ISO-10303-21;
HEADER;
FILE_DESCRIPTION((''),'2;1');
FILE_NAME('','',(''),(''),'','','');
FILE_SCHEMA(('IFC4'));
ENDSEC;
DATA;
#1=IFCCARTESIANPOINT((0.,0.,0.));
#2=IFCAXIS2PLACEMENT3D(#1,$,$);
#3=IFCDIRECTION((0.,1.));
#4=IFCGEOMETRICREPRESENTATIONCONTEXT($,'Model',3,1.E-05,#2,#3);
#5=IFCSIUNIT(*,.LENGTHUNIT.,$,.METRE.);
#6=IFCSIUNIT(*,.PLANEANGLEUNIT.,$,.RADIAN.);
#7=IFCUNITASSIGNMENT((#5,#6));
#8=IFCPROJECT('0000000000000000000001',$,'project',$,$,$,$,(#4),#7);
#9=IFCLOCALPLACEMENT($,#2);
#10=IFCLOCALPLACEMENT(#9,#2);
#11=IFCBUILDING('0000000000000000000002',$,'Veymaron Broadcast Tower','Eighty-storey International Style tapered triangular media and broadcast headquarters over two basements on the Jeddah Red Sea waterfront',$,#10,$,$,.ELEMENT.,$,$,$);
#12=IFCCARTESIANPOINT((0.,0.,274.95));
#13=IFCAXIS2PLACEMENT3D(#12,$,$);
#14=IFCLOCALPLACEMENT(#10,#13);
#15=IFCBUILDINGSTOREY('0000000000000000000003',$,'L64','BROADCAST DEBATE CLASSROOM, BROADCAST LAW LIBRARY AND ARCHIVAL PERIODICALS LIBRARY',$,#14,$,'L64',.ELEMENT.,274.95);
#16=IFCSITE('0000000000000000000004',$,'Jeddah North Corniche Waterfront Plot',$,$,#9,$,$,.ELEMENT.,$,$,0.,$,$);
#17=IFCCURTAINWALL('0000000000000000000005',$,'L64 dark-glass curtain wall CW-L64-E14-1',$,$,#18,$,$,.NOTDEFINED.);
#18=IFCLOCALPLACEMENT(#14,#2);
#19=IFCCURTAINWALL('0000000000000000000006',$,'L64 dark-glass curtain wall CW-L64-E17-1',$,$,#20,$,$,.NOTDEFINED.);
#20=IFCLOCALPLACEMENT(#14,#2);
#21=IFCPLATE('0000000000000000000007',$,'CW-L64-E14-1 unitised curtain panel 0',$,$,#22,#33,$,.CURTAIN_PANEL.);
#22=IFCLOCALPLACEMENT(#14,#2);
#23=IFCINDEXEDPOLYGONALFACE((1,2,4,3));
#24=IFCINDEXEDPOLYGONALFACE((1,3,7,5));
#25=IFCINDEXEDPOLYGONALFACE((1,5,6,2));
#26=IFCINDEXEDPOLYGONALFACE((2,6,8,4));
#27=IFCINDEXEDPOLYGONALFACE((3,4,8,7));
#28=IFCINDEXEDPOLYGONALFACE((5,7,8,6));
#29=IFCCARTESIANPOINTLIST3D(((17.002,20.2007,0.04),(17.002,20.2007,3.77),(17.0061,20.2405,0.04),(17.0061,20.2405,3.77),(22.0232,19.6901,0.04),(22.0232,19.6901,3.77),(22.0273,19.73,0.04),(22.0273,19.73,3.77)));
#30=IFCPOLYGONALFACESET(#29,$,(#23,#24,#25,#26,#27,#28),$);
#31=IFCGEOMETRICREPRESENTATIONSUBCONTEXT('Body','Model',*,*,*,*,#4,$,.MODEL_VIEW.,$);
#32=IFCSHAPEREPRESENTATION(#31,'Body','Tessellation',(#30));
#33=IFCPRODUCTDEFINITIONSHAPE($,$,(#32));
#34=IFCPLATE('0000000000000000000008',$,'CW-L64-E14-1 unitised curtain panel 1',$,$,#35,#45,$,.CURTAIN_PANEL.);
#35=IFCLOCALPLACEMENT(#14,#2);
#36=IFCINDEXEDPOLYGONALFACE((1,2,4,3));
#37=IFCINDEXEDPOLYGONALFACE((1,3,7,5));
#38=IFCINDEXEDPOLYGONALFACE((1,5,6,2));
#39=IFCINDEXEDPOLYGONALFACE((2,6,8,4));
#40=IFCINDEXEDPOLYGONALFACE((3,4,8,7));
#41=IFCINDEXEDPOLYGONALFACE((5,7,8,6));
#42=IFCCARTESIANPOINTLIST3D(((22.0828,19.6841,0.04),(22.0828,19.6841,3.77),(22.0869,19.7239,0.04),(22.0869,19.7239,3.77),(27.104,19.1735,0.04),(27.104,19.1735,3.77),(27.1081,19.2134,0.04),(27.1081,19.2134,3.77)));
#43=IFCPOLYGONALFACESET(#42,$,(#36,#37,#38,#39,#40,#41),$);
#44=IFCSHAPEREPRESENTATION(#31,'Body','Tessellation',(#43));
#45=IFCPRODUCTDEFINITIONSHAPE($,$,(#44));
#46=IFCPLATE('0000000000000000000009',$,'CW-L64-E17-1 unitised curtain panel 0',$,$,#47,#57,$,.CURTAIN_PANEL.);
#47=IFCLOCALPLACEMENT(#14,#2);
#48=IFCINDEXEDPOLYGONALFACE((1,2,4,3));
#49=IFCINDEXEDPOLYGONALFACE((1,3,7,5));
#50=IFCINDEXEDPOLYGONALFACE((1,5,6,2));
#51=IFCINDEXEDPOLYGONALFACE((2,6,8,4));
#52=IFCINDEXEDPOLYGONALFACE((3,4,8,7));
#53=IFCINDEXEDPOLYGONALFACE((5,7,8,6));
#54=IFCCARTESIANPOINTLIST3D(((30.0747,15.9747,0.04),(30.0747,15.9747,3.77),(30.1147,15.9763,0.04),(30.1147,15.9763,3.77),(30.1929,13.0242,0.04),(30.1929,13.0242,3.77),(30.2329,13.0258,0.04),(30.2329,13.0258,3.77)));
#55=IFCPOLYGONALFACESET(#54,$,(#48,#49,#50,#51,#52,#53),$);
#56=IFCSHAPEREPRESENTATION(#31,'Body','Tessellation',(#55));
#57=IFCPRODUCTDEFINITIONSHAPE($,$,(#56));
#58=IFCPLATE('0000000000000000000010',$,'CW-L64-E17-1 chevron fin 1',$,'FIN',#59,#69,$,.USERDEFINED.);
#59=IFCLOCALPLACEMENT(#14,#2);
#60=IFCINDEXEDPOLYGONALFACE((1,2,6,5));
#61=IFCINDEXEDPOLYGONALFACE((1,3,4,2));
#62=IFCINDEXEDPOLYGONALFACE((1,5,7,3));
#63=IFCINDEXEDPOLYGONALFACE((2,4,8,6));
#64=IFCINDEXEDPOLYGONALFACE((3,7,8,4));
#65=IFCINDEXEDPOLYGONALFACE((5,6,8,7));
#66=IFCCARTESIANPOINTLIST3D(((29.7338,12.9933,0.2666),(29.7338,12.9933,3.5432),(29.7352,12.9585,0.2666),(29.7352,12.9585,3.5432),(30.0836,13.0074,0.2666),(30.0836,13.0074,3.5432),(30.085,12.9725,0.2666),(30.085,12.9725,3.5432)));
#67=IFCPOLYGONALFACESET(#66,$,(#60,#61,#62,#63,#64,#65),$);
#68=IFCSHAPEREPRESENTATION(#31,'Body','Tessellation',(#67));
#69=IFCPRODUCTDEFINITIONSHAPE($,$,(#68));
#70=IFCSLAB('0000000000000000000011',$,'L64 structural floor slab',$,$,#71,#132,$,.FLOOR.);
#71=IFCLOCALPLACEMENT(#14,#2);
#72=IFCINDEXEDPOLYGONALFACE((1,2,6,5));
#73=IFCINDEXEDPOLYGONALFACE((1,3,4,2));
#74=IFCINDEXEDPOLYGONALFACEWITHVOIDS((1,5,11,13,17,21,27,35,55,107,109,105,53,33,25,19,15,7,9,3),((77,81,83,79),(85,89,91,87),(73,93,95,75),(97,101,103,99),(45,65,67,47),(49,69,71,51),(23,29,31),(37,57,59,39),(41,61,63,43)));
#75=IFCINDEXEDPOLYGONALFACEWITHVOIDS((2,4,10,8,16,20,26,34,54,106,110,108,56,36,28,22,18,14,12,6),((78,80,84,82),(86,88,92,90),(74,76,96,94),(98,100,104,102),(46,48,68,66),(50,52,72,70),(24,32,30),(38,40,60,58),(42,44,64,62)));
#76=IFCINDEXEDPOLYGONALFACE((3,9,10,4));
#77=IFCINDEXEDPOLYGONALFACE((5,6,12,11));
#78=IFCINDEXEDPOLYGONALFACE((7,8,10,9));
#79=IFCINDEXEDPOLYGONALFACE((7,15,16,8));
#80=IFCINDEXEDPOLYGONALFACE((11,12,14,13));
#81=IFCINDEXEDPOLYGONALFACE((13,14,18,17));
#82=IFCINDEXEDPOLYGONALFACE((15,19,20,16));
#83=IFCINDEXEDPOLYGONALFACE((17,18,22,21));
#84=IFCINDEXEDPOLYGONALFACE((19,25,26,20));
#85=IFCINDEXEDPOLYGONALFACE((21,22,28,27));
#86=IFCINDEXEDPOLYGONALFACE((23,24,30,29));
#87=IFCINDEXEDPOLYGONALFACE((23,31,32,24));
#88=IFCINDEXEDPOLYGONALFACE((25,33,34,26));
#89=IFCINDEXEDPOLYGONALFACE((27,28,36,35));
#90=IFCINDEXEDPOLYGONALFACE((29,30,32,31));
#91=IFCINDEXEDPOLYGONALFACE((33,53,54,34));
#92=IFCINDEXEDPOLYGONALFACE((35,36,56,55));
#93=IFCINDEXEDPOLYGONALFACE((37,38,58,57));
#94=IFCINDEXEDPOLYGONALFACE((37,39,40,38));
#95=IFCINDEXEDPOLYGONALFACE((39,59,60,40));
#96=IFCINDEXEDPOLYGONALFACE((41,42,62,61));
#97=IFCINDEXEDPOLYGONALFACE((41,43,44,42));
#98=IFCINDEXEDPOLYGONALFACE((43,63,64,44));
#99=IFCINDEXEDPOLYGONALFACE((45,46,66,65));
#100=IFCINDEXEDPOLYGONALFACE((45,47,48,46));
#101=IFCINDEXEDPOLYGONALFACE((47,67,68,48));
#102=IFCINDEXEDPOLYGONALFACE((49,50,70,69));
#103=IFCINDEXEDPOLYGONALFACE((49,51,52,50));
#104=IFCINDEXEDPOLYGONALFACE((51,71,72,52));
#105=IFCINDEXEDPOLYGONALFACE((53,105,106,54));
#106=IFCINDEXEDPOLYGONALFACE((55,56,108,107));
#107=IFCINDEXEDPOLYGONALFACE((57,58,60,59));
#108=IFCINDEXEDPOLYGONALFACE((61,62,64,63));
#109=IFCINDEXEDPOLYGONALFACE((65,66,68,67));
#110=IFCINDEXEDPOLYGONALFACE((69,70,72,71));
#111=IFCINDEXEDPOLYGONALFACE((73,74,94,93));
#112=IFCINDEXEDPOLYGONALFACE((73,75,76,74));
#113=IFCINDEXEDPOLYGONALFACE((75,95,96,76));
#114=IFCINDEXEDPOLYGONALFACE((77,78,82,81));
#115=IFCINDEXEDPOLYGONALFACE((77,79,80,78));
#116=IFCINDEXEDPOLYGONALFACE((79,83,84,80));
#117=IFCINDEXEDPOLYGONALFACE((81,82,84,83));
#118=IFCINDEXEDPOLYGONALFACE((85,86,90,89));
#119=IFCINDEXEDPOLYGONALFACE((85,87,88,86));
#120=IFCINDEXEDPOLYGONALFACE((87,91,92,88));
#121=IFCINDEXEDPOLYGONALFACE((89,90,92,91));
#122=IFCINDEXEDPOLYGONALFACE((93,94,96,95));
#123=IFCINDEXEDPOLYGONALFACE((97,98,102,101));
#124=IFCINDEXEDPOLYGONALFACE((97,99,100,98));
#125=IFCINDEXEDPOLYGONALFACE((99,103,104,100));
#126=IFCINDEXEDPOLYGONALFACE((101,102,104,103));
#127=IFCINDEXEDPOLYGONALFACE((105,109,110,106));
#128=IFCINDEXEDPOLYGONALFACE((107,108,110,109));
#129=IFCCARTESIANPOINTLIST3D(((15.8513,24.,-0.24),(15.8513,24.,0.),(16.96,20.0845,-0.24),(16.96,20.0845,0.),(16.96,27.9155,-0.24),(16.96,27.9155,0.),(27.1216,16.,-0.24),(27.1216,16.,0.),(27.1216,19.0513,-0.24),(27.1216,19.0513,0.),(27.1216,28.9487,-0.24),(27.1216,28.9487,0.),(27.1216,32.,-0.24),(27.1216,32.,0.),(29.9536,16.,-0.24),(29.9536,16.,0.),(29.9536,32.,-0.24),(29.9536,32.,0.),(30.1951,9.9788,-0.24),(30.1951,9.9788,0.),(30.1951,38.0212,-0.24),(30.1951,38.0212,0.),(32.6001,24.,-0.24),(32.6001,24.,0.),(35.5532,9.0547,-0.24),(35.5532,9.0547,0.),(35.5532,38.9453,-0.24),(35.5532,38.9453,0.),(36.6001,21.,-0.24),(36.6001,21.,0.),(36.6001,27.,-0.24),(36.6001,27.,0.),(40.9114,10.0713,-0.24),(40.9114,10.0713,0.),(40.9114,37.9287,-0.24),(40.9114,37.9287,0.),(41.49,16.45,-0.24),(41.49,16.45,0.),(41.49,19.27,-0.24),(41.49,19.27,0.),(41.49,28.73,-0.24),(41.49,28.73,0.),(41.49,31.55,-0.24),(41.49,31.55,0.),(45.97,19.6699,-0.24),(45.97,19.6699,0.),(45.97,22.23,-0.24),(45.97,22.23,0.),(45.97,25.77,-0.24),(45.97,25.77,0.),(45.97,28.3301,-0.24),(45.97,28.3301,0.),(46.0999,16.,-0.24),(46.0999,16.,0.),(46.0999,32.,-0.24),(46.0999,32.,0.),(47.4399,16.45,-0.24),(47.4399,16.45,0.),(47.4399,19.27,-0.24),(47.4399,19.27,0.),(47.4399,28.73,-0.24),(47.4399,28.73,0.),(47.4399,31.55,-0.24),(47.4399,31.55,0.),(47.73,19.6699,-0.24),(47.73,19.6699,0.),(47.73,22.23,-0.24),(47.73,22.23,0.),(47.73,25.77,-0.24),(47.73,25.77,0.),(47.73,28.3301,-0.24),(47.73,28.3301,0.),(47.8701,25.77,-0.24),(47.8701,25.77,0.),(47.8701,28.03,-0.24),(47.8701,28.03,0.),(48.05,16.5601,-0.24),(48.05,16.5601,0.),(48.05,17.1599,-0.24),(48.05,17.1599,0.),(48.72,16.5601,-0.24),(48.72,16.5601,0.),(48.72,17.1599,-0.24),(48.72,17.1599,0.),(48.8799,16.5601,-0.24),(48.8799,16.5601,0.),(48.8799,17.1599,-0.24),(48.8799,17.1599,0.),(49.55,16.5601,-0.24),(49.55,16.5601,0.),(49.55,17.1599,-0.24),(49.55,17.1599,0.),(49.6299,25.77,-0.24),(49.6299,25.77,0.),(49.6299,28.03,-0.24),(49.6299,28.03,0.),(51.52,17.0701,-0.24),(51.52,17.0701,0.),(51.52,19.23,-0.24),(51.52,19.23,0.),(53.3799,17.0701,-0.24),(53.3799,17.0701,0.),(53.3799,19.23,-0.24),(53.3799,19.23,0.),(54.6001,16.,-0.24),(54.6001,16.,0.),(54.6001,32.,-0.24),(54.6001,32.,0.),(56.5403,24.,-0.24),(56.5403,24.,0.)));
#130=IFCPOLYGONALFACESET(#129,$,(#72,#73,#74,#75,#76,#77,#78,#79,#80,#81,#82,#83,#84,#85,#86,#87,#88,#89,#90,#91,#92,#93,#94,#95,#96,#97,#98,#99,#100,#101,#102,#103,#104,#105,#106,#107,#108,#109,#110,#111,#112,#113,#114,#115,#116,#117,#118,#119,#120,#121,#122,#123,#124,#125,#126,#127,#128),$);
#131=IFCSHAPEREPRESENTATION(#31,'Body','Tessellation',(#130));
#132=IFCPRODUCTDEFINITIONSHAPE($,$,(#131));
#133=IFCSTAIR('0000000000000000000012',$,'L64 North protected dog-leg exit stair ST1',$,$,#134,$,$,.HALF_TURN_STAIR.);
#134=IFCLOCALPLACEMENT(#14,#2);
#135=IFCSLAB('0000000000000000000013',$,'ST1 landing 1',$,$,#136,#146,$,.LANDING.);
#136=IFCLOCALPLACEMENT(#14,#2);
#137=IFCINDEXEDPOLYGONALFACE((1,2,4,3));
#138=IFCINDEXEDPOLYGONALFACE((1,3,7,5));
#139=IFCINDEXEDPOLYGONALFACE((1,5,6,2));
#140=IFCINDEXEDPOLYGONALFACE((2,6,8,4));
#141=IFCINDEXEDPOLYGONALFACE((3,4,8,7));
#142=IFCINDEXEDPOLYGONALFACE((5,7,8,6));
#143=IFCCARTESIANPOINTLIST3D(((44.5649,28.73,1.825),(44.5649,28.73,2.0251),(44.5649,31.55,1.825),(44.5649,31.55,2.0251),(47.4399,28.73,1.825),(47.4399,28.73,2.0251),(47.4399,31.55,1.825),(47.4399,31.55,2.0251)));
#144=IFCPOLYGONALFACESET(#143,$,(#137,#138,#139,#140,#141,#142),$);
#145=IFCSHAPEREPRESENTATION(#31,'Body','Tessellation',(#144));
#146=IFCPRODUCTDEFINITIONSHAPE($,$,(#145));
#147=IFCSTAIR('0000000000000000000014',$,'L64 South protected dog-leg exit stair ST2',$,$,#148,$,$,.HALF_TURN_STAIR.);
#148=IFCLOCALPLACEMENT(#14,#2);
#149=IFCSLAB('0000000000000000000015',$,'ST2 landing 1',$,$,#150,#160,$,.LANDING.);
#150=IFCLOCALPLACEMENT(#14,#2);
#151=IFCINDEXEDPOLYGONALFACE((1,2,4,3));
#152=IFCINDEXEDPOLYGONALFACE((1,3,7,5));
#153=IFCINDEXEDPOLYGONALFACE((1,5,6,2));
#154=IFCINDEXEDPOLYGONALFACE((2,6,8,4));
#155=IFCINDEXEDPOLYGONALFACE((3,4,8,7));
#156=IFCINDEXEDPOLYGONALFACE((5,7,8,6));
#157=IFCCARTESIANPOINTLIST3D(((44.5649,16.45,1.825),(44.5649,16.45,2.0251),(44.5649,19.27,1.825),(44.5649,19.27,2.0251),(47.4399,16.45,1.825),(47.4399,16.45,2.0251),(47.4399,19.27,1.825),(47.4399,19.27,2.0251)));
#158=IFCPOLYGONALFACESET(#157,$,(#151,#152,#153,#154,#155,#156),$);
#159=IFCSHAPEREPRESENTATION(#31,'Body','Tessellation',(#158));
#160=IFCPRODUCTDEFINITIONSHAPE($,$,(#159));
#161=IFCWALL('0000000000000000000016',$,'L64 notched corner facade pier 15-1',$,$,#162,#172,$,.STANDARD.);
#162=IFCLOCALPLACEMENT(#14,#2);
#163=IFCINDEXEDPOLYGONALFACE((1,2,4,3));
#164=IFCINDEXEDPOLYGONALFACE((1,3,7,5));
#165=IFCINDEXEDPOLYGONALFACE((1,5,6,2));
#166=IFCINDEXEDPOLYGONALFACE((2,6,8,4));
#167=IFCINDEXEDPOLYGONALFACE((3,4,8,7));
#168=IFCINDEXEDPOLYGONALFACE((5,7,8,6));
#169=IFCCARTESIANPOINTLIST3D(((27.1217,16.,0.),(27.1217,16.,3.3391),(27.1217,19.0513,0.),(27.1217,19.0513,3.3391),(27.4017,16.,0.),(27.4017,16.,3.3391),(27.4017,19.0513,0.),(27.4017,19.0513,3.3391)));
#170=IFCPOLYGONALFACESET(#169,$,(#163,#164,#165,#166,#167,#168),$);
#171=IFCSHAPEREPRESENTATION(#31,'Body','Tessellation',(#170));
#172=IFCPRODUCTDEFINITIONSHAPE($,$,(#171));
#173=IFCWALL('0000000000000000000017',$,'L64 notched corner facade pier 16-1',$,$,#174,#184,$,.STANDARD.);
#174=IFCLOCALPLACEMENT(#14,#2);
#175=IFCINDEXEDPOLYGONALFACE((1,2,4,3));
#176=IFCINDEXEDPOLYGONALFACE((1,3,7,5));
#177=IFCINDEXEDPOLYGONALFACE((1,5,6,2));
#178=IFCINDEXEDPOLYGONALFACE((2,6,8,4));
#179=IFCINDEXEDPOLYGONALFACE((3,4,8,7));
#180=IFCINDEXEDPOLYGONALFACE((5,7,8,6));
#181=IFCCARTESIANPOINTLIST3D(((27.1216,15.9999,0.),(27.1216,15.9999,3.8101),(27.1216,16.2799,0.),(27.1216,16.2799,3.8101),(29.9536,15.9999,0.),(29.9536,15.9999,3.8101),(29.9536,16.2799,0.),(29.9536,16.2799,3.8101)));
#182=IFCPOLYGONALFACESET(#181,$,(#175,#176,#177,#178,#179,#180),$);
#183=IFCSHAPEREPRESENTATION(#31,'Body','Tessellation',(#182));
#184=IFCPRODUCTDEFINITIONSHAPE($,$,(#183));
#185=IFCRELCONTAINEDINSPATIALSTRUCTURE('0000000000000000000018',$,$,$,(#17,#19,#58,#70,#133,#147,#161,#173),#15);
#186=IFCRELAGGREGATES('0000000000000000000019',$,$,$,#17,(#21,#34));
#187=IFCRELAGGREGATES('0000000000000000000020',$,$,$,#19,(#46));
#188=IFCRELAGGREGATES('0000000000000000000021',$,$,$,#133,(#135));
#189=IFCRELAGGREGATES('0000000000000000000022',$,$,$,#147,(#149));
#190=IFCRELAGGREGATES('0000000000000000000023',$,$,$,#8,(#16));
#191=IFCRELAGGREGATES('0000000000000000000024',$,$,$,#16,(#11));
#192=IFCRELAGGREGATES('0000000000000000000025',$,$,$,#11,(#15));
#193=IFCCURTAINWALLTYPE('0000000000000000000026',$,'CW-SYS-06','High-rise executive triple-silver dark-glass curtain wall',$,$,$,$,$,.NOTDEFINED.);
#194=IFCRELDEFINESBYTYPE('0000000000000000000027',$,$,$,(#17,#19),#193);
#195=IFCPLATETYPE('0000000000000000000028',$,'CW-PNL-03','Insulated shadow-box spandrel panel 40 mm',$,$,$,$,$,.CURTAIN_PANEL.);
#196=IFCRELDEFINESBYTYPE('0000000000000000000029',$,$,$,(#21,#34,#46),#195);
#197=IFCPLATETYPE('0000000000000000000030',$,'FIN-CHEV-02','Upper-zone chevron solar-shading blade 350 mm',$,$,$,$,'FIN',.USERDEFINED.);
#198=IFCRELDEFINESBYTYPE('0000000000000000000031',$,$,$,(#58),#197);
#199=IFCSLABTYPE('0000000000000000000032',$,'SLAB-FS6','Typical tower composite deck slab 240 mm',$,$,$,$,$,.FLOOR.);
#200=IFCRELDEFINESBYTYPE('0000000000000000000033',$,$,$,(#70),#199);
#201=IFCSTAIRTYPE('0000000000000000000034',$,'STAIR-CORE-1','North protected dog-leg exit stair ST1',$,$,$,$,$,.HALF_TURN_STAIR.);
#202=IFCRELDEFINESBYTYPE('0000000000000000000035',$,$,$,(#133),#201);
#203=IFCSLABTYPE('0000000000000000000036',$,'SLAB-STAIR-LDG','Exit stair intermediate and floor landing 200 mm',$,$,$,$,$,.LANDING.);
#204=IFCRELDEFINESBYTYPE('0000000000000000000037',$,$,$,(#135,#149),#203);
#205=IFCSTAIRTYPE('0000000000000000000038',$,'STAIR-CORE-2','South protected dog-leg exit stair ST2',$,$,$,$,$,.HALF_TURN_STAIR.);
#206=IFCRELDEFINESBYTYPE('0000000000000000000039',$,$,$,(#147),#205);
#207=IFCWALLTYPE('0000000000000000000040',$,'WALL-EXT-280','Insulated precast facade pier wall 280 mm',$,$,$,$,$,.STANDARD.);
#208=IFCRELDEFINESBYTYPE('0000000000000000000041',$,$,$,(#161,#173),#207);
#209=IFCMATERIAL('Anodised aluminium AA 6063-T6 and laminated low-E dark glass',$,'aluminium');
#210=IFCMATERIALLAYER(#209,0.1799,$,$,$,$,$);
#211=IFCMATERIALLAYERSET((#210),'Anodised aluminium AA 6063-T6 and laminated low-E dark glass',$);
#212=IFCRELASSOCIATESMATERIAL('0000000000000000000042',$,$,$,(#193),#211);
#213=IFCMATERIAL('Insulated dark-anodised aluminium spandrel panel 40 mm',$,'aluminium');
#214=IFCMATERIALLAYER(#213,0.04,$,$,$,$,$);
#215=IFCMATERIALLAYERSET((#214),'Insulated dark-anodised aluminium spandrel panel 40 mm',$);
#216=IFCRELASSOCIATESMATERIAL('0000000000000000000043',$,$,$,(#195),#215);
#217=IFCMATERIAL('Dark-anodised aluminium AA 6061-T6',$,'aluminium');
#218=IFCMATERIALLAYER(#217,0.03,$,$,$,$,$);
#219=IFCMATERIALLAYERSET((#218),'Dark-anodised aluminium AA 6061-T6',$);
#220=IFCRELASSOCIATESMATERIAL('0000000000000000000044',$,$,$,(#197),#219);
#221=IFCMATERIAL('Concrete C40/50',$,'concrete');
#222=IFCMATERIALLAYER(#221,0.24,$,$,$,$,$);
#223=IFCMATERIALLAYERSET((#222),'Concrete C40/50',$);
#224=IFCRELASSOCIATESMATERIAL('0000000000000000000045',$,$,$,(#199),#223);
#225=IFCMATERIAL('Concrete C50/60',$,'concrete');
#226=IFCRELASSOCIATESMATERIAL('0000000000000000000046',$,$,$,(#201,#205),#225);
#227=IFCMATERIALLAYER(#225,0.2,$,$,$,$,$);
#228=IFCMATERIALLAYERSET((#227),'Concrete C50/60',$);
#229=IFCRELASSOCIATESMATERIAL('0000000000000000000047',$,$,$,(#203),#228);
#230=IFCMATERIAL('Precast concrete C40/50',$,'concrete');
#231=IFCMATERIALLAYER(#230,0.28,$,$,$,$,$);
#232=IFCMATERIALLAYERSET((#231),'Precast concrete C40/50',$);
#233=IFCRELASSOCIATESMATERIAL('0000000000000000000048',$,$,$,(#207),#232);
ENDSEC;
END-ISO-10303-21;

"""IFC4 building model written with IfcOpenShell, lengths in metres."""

from ifc_helpers import new_model, si_unit, direction, frame, frame_2d, origin, origin_2d, place, context, subcontext, project, spatial, polyline, rectangle, outline, extrude, material, layer, layer_set, type_object, element, aggregate, save


model = new_model("IFC4")

# Units and contexts
model_context = context("Model", 3, precision=1e-05, world=origin(), true_north=direction((0.0, 1.0)))
body_context = subcontext(model_context, "Body", "Model", "MODEL_VIEW")
ifc_project = project(units=[si_unit("LENGTHUNIT", "METRE"), si_unit("PLANEANGLEUNIT", "RADIAN")], contexts=[model_context])

# Site, building, storey
site_placement = place(None, origin())
site = spatial("IfcSite", under=ifc_project, at=site_placement, Name="Jeddah North Corniche Waterfront Plot", CompositionType="ELEMENT", RefElevation=0.0)
building_placement = place(site_placement, origin())
building = spatial("IfcBuilding", under=site, at=building_placement, Name="Veymaron Broadcast Tower", Description="Eighty-storey International Style tapered triangular media and broadcast headquarters over two basements on the Jeddah Red Sea waterfront", CompositionType="ELEMENT")
storey_placement = place(building_placement, frame((0.0, 0.0, 274.95)))
storey = spatial("IfcBuildingStorey", under=building, at=storey_placement, Name="L64", Description="BROADCAST DEBATE CLASSROOM, BROADCAST LAW LIBRARY AND ARCHIVAL PERIODICALS LIBRARY", LongName="L64", CompositionType="ELEMENT", Elevation=274.95)

# Curtain wall
ifc_material_1 = material(Name="Anodised aluminium AA 6063-T6 and laminated low-E dark glass", Category="aluminium")
ifc_layer_1 = layer(ifc_material_1, 0.1799)
ifc_layer_set_1 = layer_set([ifc_layer_1], Name="Anodised aluminium AA 6063-T6 and laminated low-E dark glass")
curtain_wall_type = type_object("IfcCurtainWallType", Name="CW-SYS-06", Description="High-rise executive triple-silver dark-glass curtain wall", PredefinedType="NOTDEFINED", material=ifc_layer_set_1)
curtain_wall_1_placement = place(storey_placement, origin())
curtain_wall_1 = element("IfcCurtainWall", 1, at=curtain_wall_1_placement, inside=storey, type_object=curtain_wall_type, Name="L64 dark-glass curtain wall CW-L64-E14-1", PredefinedType="NOTDEFINED")

# Curtain wall
curtain_wall_2_placement = place(storey_placement, origin())
curtain_wall_2 = element("IfcCurtainWall", 2, at=curtain_wall_2_placement, inside=storey, type_object=curtain_wall_type, Name="L64 dark-glass curtain wall CW-L64-E17-1", PredefinedType="NOTDEFINED")

# Plates
ifc_material_2 = material(Name="Insulated dark-anodised aluminium spandrel panel 40 mm", Category="aluminium")
ifc_layer_2 = layer(ifc_material_2, 0.04)
ifc_layer_set_2 = layer_set([ifc_layer_2], Name="Insulated dark-anodised aluminium spandrel panel 40 mm")
plate_type_1 = type_object("IfcPlateType", Name="CW-PNL-03", Description="Insulated shadow-box spandrel panel 40 mm", PredefinedType="CURTAIN_PANEL", material=ifc_layer_set_2)
plate_1_placement = place(storey_placement, frame((19.5146, 19.9653, 0.04), z_axis=(0.0, 0.0, 1.0), x_axis=(0.99487, -0.10116, 0.0)))
plate_1 = element("IfcPlate", 3, at=plate_1_placement, type_object=plate_type_1, Name="CW-L64-E14-1 unitised curtain panel 0", PredefinedType="CURTAIN_PANEL", context=body_context, shape_type="SweptSolid", body=[
    extrude(rectangle(XDim=5.0471, YDim=0.04, at=origin_2d()), origin(), (0.0, 0.0, 1.0), 3.73),
])
plate_2_placement = place(storey_placement, frame((24.5955, 19.4487, 0.04), z_axis=(0.0, 0.0, 1.0), x_axis=(0.99487, -0.10116, 0.0)))
plate_2 = element("IfcPlate", 4, at=plate_2_placement, type_object=plate_type_1, Name="CW-L64-E14-1 unitised curtain panel 1", PredefinedType="CURTAIN_PANEL", context=body_context, shape_type="SweptSolid", body=[
    extrude(rectangle(XDim=5.0471, YDim=0.04, at=origin_2d()), origin(), (0.0, 0.0, 1.0), 3.73),
])
aggregate(curtain_wall_1, [plate_1, plate_2])
plate_3_placement = place(storey_placement, frame((30.1538, 14.5002, 0.04), z_axis=(0.0, 0.0, 1.0), x_axis=(0.040045, -0.999198, 0.0)))
plate_3 = element("IfcPlate", 5, at=plate_3_placement, type_object=plate_type_1, Name="CW-L64-E17-1 unitised curtain panel 0", PredefinedType="CURTAIN_PANEL", context=body_context, shape_type="SweptSolid", body=[
    extrude(rectangle(XDim=2.9529, YDim=0.04, at=origin_2d()), origin(), (0.0, 0.0, 1.0), 3.73),
])
aggregate(curtain_wall_2, [plate_3])
ifc_material_3 = material(Name="Dark-anodised aluminium AA 6061-T6", Category="aluminium")
ifc_layer_3 = layer(ifc_material_3, 0.03)
ifc_layer_set_3 = layer_set([ifc_layer_3], Name="Dark-anodised aluminium AA 6061-T6")
plate_type_2 = type_object("IfcPlateType", Name="FIN-CHEV-02", Description="Upper-zone chevron solar-shading blade 350 mm", ElementType="FIN", PredefinedType="USERDEFINED", material=ifc_layer_set_3)
plate_4_placement = place(storey_placement, frame((29.9094, 12.9829, 0.2666), z_axis=(0.0, 0.0, 1.0), x_axis=(-0.999198, -0.040045, 0.0)))
element("IfcPlate", 6, at=plate_4_placement, inside=storey, type_object=plate_type_2, Name="CW-L64-E17-1 chevron fin 1", ObjectType="FIN", PredefinedType="USERDEFINED", context=body_context, shape_type="SweptSolid", body=[
    extrude(rectangle(XDim=0.3501, YDim=0.0349, at=origin_2d()), origin(), (0.0, 0.0, 1.0), 3.2766),
])

# Slab
ifc_material_4 = material(Name="Concrete C40/50", Category="concrete")
ifc_layer_4 = layer(ifc_material_4, 0.24)
ifc_layer_set_4 = layer_set([ifc_layer_4], Name="Concrete C40/50")
slab_type_1 = type_object("IfcSlabType", Name="SLAB-FS6", Description="Typical tower composite deck slab 240 mm", PredefinedType="FLOOR", material=ifc_layer_set_4)
slab_1_placement = place(storey_placement, frame((0.0, 0.0, -0.24)))
element("IfcSlab", 7, at=slab_1_placement, inside=storey, type_object=slab_type_1, Name="L64 structural floor slab", PredefinedType="FLOOR", context=body_context, shape_type="SweptSolid", body=[
    extrude(outline(polyline([(46.0999, 16.0), (54.6001, 16.0), (56.5403, 24.0), (54.6001, 32.0), (46.0999, 32.0), (40.9114, 37.9287), (35.5532, 38.9453), (30.1951, 38.0212), (29.9536, 32.0), (27.1216, 32.0), (27.1216, 28.9487), (16.96, 27.9155), (15.8513, 24.0), (16.96, 20.0845), (27.1216, 19.0513), (27.1216, 16.0), (29.9536, 16.0), (30.1951, 9.9788), (35.5532, 9.0547), (40.9114, 10.0713), (46.0999, 16.0)]), holes=[polyline([(45.97, 28.3301), (47.73, 28.3301), (47.73, 25.77), (45.97, 25.77), (45.97, 28.3301)]), polyline([(45.97, 22.23), (47.73, 22.23), (47.73, 19.6699), (45.97, 19.6699), (45.97, 22.23)]), polyline([(47.8701, 28.03), (49.6299, 28.03), (49.6299, 25.77), (47.8701, 25.77), (47.8701, 28.03)]), polyline([(51.52, 19.23), (53.3799, 19.23), (53.3799, 17.0701), (51.52, 17.0701), (51.52, 19.23)]), polyline([(48.05, 17.1599), (48.72, 17.1599), (48.72, 16.5601), (48.05, 16.5601), (48.05, 17.1599)]), polyline([(48.8799, 17.1599), (49.55, 17.1599), (49.55, 16.5601), (48.8799, 16.5601), (48.8799, 17.1599)]), polyline([(36.6001, 27.0), (36.6001, 21.0), (32.6001, 24.0), (36.6001, 27.0)]), polyline([(41.49, 31.55), (47.4399, 31.55), (47.4399, 28.73), (41.49, 28.73), (41.49, 31.55)]), polyline([(41.49, 19.27), (47.4399, 19.27), (47.4399, 16.45), (41.49, 16.45), (41.49, 19.27)])]), origin(), (0.0, 0.0, 1.0), 0.24),
])

# Stairs, slabs
ifc_material_5 = material(Name="Concrete C50/60", Category="concrete")
stair_type_1 = type_object("IfcStairType", Name="STAIR-CORE-1", Description="North protected dog-leg exit stair ST1", PredefinedType="HALF_TURN_STAIR", material=ifc_material_5)
stair_1_placement = place(storey_placement, origin())
stair_1 = element("IfcStair", 8, at=stair_1_placement, inside=storey, type_object=stair_type_1, Name="L64 North protected dog-leg exit stair ST1", PredefinedType="HALF_TURN_STAIR")
ifc_layer_5 = layer(ifc_material_5, 0.2)
ifc_layer_set_5 = layer_set([ifc_layer_5], Name="Concrete C50/60")
slab_type_2 = type_object("IfcSlabType", Name="SLAB-STAIR-LDG", Description="Exit stair intermediate and floor landing 200 mm", PredefinedType="LANDING", material=ifc_layer_set_5)
slab_2_placement = place(storey_placement, frame((0.0, 0.0, 1.825)))
slab_2 = element("IfcSlab", 9, at=slab_2_placement, type_object=slab_type_2, Name="ST1 landing 1", PredefinedType="LANDING", context=body_context, shape_type="SweptSolid", body=[
    extrude(outline(polyline([(44.5649, 28.73), (47.4399, 28.73), (47.4399, 31.55), (44.5649, 31.55), (44.5649, 28.73)])), origin(), (0.0, 0.0, 1.0), 0.2002),
])
aggregate(stair_1, [slab_2])
stair_type_2 = type_object("IfcStairType", Name="STAIR-CORE-2", Description="South protected dog-leg exit stair ST2", PredefinedType="HALF_TURN_STAIR", material=ifc_material_5)
stair_2_placement = place(storey_placement, origin())
stair_2 = element("IfcStair", 10, at=stair_2_placement, inside=storey, type_object=stair_type_2, Name="L64 South protected dog-leg exit stair ST2", PredefinedType="HALF_TURN_STAIR")
slab_3_placement = place(storey_placement, frame((0.0, 0.0, 1.825)))
slab_3 = element("IfcSlab", 11, at=slab_3_placement, type_object=slab_type_2, Name="ST2 landing 1", PredefinedType="LANDING", context=body_context, shape_type="SweptSolid", body=[
    extrude(outline(polyline([(44.5649, 16.45), (47.4399, 16.45), (47.4399, 19.27), (44.5649, 19.27), (44.5649, 16.45)])), origin(), (0.0, 0.0, 1.0), 0.2002),
])
aggregate(stair_2, [slab_3])

# Walls
ifc_material_6 = material(Name="Precast concrete C40/50", Category="concrete")
ifc_layer_6 = layer(ifc_material_6, 0.28)
ifc_layer_set_6 = layer_set([ifc_layer_6], Name="Precast concrete C40/50")
wall_type_1 = type_object("IfcWallType", Name="WALL-EXT-280", Description="Insulated precast facade pier wall 280 mm", PredefinedType="STANDARD", material=ifc_layer_set_6)
wall_1_placement = place(storey_placement, frame((27.2617, 19.0513, 0.0), z_axis=(0.0, 0.0, 1.0), x_axis=(0.0, -1.0, 0.0)))
element("IfcWall", 12, at=wall_1_placement, inside=storey, type_object=wall_type_1, Name="L64 notched corner facade pier 15-1", PredefinedType="STANDARD", context=body_context, shape_type="SweptSolid", body=[
    extrude(rectangle(XDim=3.0513, YDim=0.28, at=frame_2d((1.5256, 0.0))), origin(), (0.0, 0.0, 1.0), 3.3391),
])
wall_2_placement = place(storey_placement, frame((27.1216, 16.1399, 0.0), z_axis=(0.0, 0.0, 1.0), x_axis=(1.0, 0.0, 0.0)))
element("IfcWall", 13, at=wall_2_placement, inside=storey, type_object=wall_type_1, Name="L64 notched corner facade pier 16-1", PredefinedType="STANDARD", context=body_context, shape_type="SweptSolid", body=[
    extrude(rectangle(XDim=2.832, YDim=0.28, at=frame_2d((1.416, 0.0))), origin(), (0.0, 0.0, 1.0), 3.8101),
])

save(model, "model.ifc")
